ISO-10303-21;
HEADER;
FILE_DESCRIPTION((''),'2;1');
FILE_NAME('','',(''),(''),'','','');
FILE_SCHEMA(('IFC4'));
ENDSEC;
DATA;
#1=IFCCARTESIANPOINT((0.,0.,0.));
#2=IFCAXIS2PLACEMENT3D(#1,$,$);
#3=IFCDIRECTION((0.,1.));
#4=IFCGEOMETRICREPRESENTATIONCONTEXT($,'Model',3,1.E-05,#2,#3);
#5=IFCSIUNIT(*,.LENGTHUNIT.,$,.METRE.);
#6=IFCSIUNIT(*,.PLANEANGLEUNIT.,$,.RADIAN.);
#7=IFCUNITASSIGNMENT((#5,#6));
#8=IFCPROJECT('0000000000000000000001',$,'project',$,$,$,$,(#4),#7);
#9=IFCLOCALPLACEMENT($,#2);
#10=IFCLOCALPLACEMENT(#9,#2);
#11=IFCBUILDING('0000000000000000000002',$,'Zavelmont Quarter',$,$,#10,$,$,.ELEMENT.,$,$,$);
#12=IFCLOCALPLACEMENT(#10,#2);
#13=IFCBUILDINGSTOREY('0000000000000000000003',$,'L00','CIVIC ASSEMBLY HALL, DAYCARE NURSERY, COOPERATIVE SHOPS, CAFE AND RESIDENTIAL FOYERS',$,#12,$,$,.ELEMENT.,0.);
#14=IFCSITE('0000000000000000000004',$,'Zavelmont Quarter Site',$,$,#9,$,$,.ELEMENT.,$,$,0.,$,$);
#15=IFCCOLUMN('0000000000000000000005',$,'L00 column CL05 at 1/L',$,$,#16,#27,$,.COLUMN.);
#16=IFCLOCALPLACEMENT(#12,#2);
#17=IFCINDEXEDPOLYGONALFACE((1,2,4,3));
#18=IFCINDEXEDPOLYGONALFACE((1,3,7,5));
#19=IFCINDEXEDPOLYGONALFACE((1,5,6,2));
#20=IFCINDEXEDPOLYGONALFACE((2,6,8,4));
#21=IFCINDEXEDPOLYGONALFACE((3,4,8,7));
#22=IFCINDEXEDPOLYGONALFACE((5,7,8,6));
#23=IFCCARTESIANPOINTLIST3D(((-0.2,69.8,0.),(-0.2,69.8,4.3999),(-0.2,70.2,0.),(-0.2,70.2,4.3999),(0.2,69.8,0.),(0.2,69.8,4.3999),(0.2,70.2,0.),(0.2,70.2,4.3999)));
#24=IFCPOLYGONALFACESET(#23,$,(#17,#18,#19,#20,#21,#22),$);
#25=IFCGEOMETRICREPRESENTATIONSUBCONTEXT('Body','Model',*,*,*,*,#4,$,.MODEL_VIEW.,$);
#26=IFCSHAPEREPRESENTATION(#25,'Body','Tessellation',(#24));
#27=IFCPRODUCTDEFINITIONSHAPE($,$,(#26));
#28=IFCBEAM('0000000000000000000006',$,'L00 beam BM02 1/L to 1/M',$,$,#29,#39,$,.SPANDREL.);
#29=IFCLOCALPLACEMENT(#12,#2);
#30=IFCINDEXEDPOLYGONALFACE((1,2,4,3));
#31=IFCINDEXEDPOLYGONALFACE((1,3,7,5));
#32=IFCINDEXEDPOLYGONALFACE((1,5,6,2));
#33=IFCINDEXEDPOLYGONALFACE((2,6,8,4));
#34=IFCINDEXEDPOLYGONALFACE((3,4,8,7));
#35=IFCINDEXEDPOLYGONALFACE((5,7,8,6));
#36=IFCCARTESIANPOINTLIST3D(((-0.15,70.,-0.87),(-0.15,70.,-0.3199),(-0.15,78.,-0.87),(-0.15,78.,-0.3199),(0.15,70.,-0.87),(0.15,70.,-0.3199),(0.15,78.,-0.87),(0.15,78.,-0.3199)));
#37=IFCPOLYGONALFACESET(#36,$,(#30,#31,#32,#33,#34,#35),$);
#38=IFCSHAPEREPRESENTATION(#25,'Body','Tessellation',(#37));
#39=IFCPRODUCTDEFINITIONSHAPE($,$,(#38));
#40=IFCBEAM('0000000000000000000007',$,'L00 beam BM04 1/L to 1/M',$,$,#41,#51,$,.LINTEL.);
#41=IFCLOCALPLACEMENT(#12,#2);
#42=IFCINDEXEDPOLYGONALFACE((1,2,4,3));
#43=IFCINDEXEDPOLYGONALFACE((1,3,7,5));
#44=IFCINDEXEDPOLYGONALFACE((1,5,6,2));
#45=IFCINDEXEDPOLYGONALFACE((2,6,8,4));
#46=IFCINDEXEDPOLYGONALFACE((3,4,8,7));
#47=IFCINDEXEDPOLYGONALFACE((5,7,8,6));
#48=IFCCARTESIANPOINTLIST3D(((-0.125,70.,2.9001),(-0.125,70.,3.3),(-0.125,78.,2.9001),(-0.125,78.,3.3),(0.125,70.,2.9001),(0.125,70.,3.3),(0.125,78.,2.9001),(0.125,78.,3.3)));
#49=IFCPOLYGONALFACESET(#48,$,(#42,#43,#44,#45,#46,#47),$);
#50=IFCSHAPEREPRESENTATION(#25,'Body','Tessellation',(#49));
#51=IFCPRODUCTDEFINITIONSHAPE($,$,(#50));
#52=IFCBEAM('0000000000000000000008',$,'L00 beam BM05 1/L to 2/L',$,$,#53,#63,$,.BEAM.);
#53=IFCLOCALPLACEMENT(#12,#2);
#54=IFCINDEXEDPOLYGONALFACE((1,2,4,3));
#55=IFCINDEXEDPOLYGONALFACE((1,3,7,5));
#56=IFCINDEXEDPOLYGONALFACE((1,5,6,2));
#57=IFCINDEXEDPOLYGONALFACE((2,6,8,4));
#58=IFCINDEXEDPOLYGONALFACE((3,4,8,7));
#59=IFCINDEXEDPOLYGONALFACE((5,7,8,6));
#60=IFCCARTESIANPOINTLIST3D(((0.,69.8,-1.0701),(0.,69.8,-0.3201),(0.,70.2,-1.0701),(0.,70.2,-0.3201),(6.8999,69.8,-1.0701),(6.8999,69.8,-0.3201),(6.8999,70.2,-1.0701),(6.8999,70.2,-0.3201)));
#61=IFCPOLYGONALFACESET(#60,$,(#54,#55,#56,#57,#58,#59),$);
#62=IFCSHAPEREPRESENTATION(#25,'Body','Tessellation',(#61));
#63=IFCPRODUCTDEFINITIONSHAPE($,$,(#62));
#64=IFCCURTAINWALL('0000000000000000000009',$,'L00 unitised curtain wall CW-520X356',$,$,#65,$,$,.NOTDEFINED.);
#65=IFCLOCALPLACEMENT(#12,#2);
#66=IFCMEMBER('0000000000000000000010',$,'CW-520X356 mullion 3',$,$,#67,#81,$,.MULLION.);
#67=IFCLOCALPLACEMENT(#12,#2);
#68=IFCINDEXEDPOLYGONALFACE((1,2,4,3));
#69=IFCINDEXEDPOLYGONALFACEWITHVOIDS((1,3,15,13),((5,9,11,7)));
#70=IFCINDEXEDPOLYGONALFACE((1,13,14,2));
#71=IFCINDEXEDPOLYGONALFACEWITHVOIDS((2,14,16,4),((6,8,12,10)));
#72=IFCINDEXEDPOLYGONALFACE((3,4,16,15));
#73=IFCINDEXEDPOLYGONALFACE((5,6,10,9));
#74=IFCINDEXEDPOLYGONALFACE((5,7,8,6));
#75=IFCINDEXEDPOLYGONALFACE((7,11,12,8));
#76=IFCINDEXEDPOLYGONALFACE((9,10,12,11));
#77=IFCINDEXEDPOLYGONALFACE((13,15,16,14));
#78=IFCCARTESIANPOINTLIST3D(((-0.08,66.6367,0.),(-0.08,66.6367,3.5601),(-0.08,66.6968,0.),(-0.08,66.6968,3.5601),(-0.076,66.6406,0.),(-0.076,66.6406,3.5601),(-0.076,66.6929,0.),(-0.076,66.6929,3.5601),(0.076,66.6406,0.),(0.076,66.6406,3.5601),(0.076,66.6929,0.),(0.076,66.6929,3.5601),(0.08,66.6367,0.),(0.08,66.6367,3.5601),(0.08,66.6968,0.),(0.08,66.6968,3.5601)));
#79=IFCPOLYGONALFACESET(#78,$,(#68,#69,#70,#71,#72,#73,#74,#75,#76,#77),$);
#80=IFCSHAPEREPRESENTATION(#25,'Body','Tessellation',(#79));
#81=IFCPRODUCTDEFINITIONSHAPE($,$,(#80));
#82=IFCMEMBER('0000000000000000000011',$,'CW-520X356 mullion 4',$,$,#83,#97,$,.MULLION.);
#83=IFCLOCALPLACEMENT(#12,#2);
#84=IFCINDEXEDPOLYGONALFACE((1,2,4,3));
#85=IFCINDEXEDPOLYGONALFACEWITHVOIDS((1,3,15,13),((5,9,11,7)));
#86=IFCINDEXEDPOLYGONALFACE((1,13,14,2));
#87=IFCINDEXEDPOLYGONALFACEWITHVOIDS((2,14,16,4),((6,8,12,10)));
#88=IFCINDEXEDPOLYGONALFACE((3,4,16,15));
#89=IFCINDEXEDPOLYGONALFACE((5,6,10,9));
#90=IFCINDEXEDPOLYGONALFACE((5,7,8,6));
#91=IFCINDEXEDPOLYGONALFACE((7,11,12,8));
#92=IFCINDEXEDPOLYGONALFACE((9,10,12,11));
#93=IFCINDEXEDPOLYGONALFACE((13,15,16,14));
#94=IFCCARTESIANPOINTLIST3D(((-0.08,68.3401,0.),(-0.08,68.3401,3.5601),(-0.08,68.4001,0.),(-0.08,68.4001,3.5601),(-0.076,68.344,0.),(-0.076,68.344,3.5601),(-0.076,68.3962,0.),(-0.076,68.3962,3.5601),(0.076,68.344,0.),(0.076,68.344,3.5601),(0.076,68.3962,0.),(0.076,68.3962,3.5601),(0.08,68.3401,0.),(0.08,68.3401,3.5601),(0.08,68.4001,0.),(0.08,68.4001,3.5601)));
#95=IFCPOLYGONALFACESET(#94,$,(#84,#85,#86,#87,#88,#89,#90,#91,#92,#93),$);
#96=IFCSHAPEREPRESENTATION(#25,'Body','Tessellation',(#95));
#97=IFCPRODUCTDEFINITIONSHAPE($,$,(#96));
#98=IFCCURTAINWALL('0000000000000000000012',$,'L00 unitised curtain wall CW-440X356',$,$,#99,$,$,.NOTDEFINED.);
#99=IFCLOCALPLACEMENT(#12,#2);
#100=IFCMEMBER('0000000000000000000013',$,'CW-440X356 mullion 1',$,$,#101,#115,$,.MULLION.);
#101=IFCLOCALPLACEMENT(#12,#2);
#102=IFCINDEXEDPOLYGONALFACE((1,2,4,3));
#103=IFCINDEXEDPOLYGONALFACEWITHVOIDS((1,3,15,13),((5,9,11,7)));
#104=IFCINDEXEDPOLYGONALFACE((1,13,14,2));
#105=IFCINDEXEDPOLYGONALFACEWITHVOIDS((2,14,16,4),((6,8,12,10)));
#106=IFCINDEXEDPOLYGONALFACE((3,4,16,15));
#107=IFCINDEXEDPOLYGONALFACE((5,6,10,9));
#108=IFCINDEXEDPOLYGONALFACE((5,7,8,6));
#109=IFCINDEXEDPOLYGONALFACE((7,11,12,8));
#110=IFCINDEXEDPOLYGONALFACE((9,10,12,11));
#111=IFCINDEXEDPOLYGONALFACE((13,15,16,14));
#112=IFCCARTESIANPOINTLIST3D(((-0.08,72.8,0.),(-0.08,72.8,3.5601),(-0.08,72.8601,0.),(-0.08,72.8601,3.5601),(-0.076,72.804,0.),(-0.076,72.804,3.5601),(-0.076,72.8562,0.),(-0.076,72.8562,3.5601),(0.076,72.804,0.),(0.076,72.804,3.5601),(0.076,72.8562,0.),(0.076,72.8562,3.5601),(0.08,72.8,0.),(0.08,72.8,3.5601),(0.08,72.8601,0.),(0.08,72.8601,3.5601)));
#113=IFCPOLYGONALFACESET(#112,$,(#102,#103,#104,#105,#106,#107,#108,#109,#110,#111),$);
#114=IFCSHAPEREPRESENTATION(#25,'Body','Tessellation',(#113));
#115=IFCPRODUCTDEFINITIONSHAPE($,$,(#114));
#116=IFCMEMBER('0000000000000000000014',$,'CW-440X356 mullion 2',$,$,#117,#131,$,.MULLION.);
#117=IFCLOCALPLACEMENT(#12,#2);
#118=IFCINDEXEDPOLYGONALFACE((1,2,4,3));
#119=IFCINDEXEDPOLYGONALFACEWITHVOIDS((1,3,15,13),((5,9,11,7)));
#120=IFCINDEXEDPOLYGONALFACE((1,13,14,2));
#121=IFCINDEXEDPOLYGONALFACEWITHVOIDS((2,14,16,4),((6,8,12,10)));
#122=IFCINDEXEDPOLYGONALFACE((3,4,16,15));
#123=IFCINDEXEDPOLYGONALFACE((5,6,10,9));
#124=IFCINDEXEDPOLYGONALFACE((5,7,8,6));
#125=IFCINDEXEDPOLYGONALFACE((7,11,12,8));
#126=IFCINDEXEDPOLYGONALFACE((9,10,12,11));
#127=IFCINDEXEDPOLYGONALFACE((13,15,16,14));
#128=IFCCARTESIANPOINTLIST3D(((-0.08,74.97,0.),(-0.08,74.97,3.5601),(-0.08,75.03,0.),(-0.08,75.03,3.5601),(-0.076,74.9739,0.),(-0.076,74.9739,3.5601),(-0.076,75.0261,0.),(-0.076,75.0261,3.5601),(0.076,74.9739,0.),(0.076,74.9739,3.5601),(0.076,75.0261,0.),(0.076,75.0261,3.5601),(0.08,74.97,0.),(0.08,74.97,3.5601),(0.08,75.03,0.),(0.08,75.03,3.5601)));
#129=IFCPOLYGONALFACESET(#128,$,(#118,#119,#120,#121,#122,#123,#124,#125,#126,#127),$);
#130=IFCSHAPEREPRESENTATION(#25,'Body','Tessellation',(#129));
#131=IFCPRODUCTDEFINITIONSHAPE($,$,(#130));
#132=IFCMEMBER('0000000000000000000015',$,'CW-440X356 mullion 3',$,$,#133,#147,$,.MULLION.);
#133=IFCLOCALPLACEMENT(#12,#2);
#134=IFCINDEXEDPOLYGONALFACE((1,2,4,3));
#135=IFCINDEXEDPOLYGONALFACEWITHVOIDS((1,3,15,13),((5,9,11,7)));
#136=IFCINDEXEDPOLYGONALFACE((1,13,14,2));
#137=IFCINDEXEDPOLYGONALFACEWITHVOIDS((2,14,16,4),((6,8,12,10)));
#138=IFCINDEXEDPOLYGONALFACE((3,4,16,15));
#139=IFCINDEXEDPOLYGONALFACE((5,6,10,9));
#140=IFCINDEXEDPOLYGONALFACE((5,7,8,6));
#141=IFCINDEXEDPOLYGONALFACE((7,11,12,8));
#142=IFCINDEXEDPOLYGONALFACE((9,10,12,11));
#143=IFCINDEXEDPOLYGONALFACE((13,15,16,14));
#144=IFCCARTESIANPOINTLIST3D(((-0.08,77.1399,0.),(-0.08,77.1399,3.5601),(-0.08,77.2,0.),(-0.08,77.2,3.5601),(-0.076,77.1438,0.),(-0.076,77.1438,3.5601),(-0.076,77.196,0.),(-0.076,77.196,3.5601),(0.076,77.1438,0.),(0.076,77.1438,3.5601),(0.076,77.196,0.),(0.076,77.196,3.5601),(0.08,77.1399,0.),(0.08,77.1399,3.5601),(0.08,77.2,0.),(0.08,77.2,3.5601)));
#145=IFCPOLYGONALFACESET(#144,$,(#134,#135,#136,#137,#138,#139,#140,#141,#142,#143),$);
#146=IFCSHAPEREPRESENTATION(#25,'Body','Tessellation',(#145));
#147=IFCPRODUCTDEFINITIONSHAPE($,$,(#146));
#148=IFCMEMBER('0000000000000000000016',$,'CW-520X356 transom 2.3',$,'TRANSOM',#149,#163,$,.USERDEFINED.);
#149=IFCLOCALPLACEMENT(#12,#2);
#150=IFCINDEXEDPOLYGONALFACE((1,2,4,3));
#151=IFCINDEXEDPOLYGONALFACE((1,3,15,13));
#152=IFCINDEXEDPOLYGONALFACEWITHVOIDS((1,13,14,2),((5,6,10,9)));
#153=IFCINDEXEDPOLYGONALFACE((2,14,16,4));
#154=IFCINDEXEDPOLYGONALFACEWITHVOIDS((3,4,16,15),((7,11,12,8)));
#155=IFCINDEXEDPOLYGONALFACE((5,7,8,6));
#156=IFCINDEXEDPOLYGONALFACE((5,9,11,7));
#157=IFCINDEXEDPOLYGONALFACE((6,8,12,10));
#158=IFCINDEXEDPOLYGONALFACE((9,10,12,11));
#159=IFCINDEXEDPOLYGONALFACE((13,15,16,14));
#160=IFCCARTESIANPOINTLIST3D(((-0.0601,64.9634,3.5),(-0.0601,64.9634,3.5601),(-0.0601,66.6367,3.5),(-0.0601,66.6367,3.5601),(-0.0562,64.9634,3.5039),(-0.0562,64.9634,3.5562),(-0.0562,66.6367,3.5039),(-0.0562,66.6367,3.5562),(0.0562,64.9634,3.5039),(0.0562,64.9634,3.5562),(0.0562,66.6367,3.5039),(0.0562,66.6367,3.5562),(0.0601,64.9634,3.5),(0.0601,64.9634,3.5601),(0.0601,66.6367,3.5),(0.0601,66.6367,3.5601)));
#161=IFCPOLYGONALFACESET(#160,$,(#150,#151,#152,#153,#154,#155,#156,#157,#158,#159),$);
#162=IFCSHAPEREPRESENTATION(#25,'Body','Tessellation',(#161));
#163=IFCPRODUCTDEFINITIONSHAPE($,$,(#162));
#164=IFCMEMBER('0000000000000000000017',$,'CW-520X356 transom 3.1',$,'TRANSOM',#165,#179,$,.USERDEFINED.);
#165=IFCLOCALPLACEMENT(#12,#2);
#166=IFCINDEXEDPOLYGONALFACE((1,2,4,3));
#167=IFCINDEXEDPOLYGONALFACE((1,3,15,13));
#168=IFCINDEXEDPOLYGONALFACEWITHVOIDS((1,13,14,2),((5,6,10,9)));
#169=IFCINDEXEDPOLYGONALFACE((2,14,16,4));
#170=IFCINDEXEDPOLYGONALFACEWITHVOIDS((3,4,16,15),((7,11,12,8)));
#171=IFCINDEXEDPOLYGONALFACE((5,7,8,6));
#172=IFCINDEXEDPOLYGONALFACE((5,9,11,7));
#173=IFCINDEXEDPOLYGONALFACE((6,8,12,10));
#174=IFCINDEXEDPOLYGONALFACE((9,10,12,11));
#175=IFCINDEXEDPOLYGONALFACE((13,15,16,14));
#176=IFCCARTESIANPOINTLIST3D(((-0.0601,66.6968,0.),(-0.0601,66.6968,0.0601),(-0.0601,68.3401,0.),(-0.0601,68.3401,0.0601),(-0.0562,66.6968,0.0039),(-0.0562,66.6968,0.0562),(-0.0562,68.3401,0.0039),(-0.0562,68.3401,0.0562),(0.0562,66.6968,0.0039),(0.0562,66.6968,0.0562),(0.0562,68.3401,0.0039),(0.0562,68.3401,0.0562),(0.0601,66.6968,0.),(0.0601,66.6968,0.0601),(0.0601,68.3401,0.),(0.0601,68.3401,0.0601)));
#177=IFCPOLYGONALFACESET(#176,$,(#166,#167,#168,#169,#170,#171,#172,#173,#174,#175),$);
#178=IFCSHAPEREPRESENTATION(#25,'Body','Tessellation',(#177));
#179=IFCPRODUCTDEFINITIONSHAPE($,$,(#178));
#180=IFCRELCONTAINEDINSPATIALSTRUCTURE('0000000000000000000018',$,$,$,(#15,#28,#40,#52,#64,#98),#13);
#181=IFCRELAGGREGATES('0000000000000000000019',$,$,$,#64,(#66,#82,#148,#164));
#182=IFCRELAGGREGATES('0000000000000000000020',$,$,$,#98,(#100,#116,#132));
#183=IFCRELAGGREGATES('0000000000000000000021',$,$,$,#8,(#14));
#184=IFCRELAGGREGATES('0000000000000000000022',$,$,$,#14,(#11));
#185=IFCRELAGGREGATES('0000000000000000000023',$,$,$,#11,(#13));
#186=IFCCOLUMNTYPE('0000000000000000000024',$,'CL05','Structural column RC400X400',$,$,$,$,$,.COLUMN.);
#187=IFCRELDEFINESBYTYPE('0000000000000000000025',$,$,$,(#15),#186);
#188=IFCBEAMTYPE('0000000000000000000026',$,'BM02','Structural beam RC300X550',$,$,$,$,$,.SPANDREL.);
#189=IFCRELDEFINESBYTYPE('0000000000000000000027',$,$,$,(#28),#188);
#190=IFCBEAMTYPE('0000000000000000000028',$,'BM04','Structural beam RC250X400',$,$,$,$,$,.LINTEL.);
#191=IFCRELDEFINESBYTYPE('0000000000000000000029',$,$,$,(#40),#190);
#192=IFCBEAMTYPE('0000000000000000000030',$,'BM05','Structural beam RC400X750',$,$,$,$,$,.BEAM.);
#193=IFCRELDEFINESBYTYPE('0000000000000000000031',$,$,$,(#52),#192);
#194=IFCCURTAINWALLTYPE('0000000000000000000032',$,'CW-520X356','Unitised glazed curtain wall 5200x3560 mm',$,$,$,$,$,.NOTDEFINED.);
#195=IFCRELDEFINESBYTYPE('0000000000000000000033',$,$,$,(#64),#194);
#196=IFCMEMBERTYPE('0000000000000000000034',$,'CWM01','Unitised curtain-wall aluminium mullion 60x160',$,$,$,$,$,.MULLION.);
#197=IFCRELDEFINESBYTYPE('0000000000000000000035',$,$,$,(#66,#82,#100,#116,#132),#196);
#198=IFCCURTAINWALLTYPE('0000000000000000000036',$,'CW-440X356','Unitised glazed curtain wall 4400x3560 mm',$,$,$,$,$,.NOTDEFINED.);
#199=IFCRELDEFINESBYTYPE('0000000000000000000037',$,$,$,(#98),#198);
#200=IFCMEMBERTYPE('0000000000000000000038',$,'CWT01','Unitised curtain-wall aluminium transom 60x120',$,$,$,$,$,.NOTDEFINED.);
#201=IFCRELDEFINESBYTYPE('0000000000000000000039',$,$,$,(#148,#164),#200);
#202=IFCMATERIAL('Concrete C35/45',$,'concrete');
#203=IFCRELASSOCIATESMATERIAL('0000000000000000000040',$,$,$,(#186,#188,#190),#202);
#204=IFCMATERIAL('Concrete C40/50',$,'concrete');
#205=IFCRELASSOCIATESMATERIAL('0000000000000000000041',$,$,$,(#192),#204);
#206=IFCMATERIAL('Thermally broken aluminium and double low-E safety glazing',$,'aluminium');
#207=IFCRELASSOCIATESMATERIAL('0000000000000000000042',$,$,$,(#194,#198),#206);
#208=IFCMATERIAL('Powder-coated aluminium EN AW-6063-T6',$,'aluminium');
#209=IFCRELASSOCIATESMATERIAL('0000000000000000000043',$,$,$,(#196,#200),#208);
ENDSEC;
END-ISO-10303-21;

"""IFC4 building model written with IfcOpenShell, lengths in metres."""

from ifc_helpers import new_model, si_unit, direction, frame, origin, origin_2d, place, context, subcontext, project, spatial, rectangle, hollow_rectangle, extrude, material, material_profile, profile_set, type_object, element, aggregate, save


model = new_model("IFC4")

# Units and contexts
model_context = context("Model", 3, precision=1e-05, world=origin(), true_north=direction((0.0, 1.0)))
body_context = subcontext(model_context, "Body", "Model", "MODEL_VIEW")
ifc_project = project(units=[si_unit("LENGTHUNIT", "METRE"), si_unit("PLANEANGLEUNIT", "RADIAN")], contexts=[model_context])

# Site, building, storey
site_placement = place(None, origin())
site = spatial("IfcSite", under=ifc_project, at=site_placement, Name="Zavelmont Quarter Site", CompositionType="ELEMENT", RefElevation=0.0)
building_placement = place(site_placement, origin())
building = spatial("IfcBuilding", under=site, at=building_placement, Name="Zavelmont Quarter", CompositionType="ELEMENT")
storey_placement = place(building_placement, origin())
storey = spatial("IfcBuildingStorey", under=building, at=storey_placement, Name="L00", Description="CIVIC ASSEMBLY HALL, DAYCARE NURSERY, COOPERATIVE SHOPS, CAFE AND RESIDENTIAL FOYERS", CompositionType="ELEMENT", Elevation=0.0)

# Column
ifc_material_1 = material(Name="Concrete C35/45", Category="concrete")
ifc_material_profile_1 = material_profile(ifc_material_1, rectangle(XDim=0.3999, YDim=0.3999, at=origin_2d()), Name="RC400X400")
ifc_profile_set_1 = profile_set([ifc_material_profile_1], Name="Concrete C35/45")
column_type = type_object("IfcColumnType", Name="CL05", Description="Structural column RC400X400", PredefinedType="COLUMN", material=ifc_profile_set_1)
column_placement = place(storey_placement, frame((0.0, 70.0, 0.0), z_axis=(0.0, 0.0, 1.0), x_axis=(1.0, 0.0, 0.0)))
element("IfcColumn", 1, at=column_placement, inside=storey, type_object=column_type, Name="L00 column CL05 at 1/L", PredefinedType="COLUMN", context=body_context, shape_type="SweptSolid", body=[
    extrude(rectangle(XDim=0.3999, YDim=0.3999, at=origin_2d()), origin(), (0.0, 0.0, 1.0), 4.3999),
])

# Beams
ifc_material_profile_2 = material_profile(ifc_material_1, rectangle(XDim=0.3, YDim=0.55, at=origin_2d()), Name="RC300X550")
ifc_profile_set_2 = profile_set([ifc_material_profile_2], Name="Concrete C35/45")
beam_type_1 = type_object("IfcBeamType", Name="BM02", Description="Structural beam RC300X550", PredefinedType="SPANDREL", material=ifc_profile_set_2)
beam_1_placement = place(storey_placement, frame((0.0, 70.0, -0.595), z_axis=(0.0, 1.0, 0.0), x_axis=(-1.0, 0.0, 0.0)))
element("IfcBeam", 2, at=beam_1_placement, inside=storey, type_object=beam_type_1, Name="L00 beam BM02 1/L to 1/M", PredefinedType="SPANDREL", context=body_context, shape_type="SweptSolid", body=[
    extrude(rectangle(XDim=0.3, YDim=0.55, at=origin_2d()), origin(), (0.0, 0.0, 1.0), 8.0),
])
ifc_material_profile_3 = material_profile(ifc_material_1, rectangle(XDim=0.25, YDim=0.3999, at=origin_2d()), Name="RC250X400")
ifc_profile_set_3 = profile_set([ifc_material_profile_3], Name="Concrete C35/45")
beam_type_2 = type_object("IfcBeamType", Name="BM04", Description="Structural beam RC250X400", PredefinedType="LINTEL", material=ifc_profile_set_3)
beam_2_placement = place(storey_placement, frame((0.0, 70.0, 3.1001), z_axis=(0.0, 1.0, 0.0), x_axis=(-1.0, 0.0, 0.0)))
element("IfcBeam", 3, at=beam_2_placement, inside=storey, type_object=beam_type_2, Name="L00 beam BM04 1/L to 1/M", PredefinedType="LINTEL", context=body_context, shape_type="SweptSolid", body=[
    extrude(rectangle(XDim=0.25, YDim=0.3999, at=origin_2d()), origin(), (0.0, 0.0, 1.0), 8.0),
])
ifc_material_2 = material(Name="Concrete C40/50", Category="concrete")
ifc_material_profile_4 = material_profile(ifc_material_2, rectangle(XDim=0.3999, YDim=0.75, at=origin_2d()), Name="RC400X750")
ifc_profile_set_4 = profile_set([ifc_material_profile_4], Name="Concrete C40/50")
beam_type_3 = type_object("IfcBeamType", Name="BM05", Description="Structural beam RC400X750", PredefinedType="BEAM", material=ifc_profile_set_4)
beam_3_placement = place(storey_placement, frame((0.0, 70.0, -0.6951), z_axis=(1.0, 0.0, 0.0), x_axis=(0.0, 1.0, 0.0)))
element("IfcBeam", 4, at=beam_3_placement, inside=storey, type_object=beam_type_3, Name="L00 beam BM05 1/L to 2/L", PredefinedType="BEAM", context=body_context, shape_type="SweptSolid", body=[
    extrude(rectangle(XDim=0.3999, YDim=0.75, at=origin_2d()), origin(), (0.0, 0.0, 1.0), 6.8999),
])

# Curtain walls, members
ifc_material_3 = material(Name="Thermally broken aluminium and double low-E safety glazing", Category="aluminium")
curtain_wall_type_1 = type_object("IfcCurtainWallType", Name="CW-520X356", Description="Unitised glazed curtain wall 5200x3560 mm", PredefinedType="NOTDEFINED", material=ifc_material_3)
curtain_wall_1_placement = place(storey_placement, origin())
curtain_wall_1 = element("IfcCurtainWall", 5, at=curtain_wall_1_placement, inside=storey, type_object=curtain_wall_type_1, Name="L00 unitised curtain wall CW-520X356", PredefinedType="NOTDEFINED")
ifc_material_4 = material(Name="Powder-coated aluminium EN AW-6063-T6", Category="aluminium")
ifc_material_profile_5 = material_profile(ifc_material_4, hollow_rectangle(XDim=0.0601, YDim=0.1599, WallThickness=0.0039, at=origin_2d()), Name="CWM60X160")
ifc_profile_set_5 = profile_set([ifc_material_profile_5], Name="Powder-coated aluminium EN AW-6063-T6")
member_type_1 = type_object("IfcMemberType", Name="CWM01", Description="Unitised curtain-wall aluminium mullion 60x160", PredefinedType="MULLION", material=ifc_profile_set_5)
member_1_placement = place(storey_placement, frame((0.0, 66.6667, 0.0), z_axis=(0.0, 0.0, 1.0), x_axis=(0.0, 1.0, 0.0)))
member_1 = element("IfcMember", 6, at=member_1_placement, type_object=member_type_1, Name="CW-520X356 mullion 3", PredefinedType="MULLION", context=body_context, shape_type="SweptSolid", body=[
    extrude(hollow_rectangle(XDim=0.0601, YDim=0.1599, WallThickness=0.0039, at=origin_2d()), origin(), (0.0, 0.0, 1.0), 3.5601),
])
member_2_placement = place(storey_placement, frame((0.0, 68.3701, 0.0), z_axis=(0.0, 0.0, 1.0), x_axis=(0.0, 1.0, 0.0)))
member_2 = element("IfcMember", 7, at=member_2_placement, type_object=member_type_1, Name="CW-520X356 mullion 4", PredefinedType="MULLION", context=body_context, shape_type="SweptSolid", body=[
    extrude(hollow_rectangle(XDim=0.0601, YDim=0.1599, WallThickness=0.0039, at=origin_2d()), origin(), (0.0, 0.0, 1.0), 3.5601),
])
curtain_wall_type_2 = type_object("IfcCurtainWallType", Name="CW-440X356", Description="Unitised glazed curtain wall 4400x3560 mm", PredefinedType="NOTDEFINED", material=ifc_material_3)
curtain_wall_2_placement = place(storey_placement, origin())
curtain_wall_2 = element("IfcCurtainWall", 8, at=curtain_wall_2_placement, inside=storey, type_object=curtain_wall_type_2, Name="L00 unitised curtain wall CW-440X356", PredefinedType="NOTDEFINED")
member_3_placement = place(storey_placement, frame((0.0, 72.8301, 0.0), z_axis=(0.0, 0.0, 1.0), x_axis=(0.0, 1.0, 0.0)))
member_3 = element("IfcMember", 9, at=member_3_placement, type_object=member_type_1, Name="CW-440X356 mullion 1", PredefinedType="MULLION", context=body_context, shape_type="SweptSolid", body=[
    extrude(hollow_rectangle(XDim=0.0601, YDim=0.1599, WallThickness=0.0039, at=origin_2d()), origin(), (0.0, 0.0, 1.0), 3.5601),
])
member_4_placement = place(storey_placement, frame((0.0, 75.0, 0.0), z_axis=(0.0, 0.0, 1.0), x_axis=(0.0, 1.0, 0.0)))
member_4 = element("IfcMember", 10, at=member_4_placement, type_object=member_type_1, Name="CW-440X356 mullion 2", PredefinedType="MULLION", context=body_context, shape_type="SweptSolid", body=[
    extrude(hollow_rectangle(XDim=0.0601, YDim=0.1599, WallThickness=0.0039, at=origin_2d()), origin(), (0.0, 0.0, 1.0), 3.5601),
])
member_5_placement = place(storey_placement, frame((0.0, 77.1699, 0.0), z_axis=(0.0, 0.0, 1.0), x_axis=(0.0, 1.0, 0.0)))
member_5 = element("IfcMember", 11, at=member_5_placement, type_object=member_type_1, Name="CW-440X356 mullion 3", PredefinedType="MULLION", context=body_context, shape_type="SweptSolid", body=[
    extrude(hollow_rectangle(XDim=0.0601, YDim=0.1599, WallThickness=0.0039, at=origin_2d()), origin(), (0.0, 0.0, 1.0), 3.5601),
])

# Members
ifc_material_profile_6 = material_profile(ifc_material_4, hollow_rectangle(XDim=0.1201, YDim=0.0601, WallThickness=0.0039, at=origin_2d()), Name="CWT60X120")
ifc_profile_set_6 = profile_set([ifc_material_profile_6], Name="Powder-coated aluminium EN AW-6063-T6")
member_type_2 = type_object("IfcMemberType", Name="CWT01", Description="Unitised curtain-wall aluminium transom 60x120", PredefinedType="NOTDEFINED", material=ifc_profile_set_6)
member_6_placement = place(storey_placement, frame((0.0, 64.9634, 3.53), z_axis=(0.0, 1.0, 0.0), x_axis=(-1.0, 0.0, 0.0)))
member_6 = element("IfcMember", 12, at=member_6_placement, type_object=member_type_2, Name="CW-520X356 transom 2.3", ObjectType="TRANSOM", PredefinedType="USERDEFINED", context=body_context, shape_type="SweptSolid", body=[
    extrude(hollow_rectangle(XDim=0.1201, YDim=0.0601, WallThickness=0.0039, at=origin_2d()), origin(), (0.0, 0.0, 1.0), 1.6733),
])
member_7_placement = place(storey_placement, frame((0.0, 66.6968, 0.03), z_axis=(0.0, 1.0, 0.0), x_axis=(-1.0, 0.0, 0.0)))
member_7 = element("IfcMember", 13, at=member_7_placement, type_object=member_type_2, Name="CW-520X356 transom 3.1", ObjectType="TRANSOM", PredefinedType="USERDEFINED", context=body_context, shape_type="SweptSolid", body=[
    extrude(hollow_rectangle(XDim=0.1201, YDim=0.0601, WallThickness=0.0039, at=origin_2d()), origin(), (0.0, 0.0, 1.0), 1.6433),
])

aggregate(curtain_wall_1, [member_1, member_2, member_6, member_7])
aggregate(curtain_wall_2, [member_3, member_4, member_5])

save(model, "model.ifc")
